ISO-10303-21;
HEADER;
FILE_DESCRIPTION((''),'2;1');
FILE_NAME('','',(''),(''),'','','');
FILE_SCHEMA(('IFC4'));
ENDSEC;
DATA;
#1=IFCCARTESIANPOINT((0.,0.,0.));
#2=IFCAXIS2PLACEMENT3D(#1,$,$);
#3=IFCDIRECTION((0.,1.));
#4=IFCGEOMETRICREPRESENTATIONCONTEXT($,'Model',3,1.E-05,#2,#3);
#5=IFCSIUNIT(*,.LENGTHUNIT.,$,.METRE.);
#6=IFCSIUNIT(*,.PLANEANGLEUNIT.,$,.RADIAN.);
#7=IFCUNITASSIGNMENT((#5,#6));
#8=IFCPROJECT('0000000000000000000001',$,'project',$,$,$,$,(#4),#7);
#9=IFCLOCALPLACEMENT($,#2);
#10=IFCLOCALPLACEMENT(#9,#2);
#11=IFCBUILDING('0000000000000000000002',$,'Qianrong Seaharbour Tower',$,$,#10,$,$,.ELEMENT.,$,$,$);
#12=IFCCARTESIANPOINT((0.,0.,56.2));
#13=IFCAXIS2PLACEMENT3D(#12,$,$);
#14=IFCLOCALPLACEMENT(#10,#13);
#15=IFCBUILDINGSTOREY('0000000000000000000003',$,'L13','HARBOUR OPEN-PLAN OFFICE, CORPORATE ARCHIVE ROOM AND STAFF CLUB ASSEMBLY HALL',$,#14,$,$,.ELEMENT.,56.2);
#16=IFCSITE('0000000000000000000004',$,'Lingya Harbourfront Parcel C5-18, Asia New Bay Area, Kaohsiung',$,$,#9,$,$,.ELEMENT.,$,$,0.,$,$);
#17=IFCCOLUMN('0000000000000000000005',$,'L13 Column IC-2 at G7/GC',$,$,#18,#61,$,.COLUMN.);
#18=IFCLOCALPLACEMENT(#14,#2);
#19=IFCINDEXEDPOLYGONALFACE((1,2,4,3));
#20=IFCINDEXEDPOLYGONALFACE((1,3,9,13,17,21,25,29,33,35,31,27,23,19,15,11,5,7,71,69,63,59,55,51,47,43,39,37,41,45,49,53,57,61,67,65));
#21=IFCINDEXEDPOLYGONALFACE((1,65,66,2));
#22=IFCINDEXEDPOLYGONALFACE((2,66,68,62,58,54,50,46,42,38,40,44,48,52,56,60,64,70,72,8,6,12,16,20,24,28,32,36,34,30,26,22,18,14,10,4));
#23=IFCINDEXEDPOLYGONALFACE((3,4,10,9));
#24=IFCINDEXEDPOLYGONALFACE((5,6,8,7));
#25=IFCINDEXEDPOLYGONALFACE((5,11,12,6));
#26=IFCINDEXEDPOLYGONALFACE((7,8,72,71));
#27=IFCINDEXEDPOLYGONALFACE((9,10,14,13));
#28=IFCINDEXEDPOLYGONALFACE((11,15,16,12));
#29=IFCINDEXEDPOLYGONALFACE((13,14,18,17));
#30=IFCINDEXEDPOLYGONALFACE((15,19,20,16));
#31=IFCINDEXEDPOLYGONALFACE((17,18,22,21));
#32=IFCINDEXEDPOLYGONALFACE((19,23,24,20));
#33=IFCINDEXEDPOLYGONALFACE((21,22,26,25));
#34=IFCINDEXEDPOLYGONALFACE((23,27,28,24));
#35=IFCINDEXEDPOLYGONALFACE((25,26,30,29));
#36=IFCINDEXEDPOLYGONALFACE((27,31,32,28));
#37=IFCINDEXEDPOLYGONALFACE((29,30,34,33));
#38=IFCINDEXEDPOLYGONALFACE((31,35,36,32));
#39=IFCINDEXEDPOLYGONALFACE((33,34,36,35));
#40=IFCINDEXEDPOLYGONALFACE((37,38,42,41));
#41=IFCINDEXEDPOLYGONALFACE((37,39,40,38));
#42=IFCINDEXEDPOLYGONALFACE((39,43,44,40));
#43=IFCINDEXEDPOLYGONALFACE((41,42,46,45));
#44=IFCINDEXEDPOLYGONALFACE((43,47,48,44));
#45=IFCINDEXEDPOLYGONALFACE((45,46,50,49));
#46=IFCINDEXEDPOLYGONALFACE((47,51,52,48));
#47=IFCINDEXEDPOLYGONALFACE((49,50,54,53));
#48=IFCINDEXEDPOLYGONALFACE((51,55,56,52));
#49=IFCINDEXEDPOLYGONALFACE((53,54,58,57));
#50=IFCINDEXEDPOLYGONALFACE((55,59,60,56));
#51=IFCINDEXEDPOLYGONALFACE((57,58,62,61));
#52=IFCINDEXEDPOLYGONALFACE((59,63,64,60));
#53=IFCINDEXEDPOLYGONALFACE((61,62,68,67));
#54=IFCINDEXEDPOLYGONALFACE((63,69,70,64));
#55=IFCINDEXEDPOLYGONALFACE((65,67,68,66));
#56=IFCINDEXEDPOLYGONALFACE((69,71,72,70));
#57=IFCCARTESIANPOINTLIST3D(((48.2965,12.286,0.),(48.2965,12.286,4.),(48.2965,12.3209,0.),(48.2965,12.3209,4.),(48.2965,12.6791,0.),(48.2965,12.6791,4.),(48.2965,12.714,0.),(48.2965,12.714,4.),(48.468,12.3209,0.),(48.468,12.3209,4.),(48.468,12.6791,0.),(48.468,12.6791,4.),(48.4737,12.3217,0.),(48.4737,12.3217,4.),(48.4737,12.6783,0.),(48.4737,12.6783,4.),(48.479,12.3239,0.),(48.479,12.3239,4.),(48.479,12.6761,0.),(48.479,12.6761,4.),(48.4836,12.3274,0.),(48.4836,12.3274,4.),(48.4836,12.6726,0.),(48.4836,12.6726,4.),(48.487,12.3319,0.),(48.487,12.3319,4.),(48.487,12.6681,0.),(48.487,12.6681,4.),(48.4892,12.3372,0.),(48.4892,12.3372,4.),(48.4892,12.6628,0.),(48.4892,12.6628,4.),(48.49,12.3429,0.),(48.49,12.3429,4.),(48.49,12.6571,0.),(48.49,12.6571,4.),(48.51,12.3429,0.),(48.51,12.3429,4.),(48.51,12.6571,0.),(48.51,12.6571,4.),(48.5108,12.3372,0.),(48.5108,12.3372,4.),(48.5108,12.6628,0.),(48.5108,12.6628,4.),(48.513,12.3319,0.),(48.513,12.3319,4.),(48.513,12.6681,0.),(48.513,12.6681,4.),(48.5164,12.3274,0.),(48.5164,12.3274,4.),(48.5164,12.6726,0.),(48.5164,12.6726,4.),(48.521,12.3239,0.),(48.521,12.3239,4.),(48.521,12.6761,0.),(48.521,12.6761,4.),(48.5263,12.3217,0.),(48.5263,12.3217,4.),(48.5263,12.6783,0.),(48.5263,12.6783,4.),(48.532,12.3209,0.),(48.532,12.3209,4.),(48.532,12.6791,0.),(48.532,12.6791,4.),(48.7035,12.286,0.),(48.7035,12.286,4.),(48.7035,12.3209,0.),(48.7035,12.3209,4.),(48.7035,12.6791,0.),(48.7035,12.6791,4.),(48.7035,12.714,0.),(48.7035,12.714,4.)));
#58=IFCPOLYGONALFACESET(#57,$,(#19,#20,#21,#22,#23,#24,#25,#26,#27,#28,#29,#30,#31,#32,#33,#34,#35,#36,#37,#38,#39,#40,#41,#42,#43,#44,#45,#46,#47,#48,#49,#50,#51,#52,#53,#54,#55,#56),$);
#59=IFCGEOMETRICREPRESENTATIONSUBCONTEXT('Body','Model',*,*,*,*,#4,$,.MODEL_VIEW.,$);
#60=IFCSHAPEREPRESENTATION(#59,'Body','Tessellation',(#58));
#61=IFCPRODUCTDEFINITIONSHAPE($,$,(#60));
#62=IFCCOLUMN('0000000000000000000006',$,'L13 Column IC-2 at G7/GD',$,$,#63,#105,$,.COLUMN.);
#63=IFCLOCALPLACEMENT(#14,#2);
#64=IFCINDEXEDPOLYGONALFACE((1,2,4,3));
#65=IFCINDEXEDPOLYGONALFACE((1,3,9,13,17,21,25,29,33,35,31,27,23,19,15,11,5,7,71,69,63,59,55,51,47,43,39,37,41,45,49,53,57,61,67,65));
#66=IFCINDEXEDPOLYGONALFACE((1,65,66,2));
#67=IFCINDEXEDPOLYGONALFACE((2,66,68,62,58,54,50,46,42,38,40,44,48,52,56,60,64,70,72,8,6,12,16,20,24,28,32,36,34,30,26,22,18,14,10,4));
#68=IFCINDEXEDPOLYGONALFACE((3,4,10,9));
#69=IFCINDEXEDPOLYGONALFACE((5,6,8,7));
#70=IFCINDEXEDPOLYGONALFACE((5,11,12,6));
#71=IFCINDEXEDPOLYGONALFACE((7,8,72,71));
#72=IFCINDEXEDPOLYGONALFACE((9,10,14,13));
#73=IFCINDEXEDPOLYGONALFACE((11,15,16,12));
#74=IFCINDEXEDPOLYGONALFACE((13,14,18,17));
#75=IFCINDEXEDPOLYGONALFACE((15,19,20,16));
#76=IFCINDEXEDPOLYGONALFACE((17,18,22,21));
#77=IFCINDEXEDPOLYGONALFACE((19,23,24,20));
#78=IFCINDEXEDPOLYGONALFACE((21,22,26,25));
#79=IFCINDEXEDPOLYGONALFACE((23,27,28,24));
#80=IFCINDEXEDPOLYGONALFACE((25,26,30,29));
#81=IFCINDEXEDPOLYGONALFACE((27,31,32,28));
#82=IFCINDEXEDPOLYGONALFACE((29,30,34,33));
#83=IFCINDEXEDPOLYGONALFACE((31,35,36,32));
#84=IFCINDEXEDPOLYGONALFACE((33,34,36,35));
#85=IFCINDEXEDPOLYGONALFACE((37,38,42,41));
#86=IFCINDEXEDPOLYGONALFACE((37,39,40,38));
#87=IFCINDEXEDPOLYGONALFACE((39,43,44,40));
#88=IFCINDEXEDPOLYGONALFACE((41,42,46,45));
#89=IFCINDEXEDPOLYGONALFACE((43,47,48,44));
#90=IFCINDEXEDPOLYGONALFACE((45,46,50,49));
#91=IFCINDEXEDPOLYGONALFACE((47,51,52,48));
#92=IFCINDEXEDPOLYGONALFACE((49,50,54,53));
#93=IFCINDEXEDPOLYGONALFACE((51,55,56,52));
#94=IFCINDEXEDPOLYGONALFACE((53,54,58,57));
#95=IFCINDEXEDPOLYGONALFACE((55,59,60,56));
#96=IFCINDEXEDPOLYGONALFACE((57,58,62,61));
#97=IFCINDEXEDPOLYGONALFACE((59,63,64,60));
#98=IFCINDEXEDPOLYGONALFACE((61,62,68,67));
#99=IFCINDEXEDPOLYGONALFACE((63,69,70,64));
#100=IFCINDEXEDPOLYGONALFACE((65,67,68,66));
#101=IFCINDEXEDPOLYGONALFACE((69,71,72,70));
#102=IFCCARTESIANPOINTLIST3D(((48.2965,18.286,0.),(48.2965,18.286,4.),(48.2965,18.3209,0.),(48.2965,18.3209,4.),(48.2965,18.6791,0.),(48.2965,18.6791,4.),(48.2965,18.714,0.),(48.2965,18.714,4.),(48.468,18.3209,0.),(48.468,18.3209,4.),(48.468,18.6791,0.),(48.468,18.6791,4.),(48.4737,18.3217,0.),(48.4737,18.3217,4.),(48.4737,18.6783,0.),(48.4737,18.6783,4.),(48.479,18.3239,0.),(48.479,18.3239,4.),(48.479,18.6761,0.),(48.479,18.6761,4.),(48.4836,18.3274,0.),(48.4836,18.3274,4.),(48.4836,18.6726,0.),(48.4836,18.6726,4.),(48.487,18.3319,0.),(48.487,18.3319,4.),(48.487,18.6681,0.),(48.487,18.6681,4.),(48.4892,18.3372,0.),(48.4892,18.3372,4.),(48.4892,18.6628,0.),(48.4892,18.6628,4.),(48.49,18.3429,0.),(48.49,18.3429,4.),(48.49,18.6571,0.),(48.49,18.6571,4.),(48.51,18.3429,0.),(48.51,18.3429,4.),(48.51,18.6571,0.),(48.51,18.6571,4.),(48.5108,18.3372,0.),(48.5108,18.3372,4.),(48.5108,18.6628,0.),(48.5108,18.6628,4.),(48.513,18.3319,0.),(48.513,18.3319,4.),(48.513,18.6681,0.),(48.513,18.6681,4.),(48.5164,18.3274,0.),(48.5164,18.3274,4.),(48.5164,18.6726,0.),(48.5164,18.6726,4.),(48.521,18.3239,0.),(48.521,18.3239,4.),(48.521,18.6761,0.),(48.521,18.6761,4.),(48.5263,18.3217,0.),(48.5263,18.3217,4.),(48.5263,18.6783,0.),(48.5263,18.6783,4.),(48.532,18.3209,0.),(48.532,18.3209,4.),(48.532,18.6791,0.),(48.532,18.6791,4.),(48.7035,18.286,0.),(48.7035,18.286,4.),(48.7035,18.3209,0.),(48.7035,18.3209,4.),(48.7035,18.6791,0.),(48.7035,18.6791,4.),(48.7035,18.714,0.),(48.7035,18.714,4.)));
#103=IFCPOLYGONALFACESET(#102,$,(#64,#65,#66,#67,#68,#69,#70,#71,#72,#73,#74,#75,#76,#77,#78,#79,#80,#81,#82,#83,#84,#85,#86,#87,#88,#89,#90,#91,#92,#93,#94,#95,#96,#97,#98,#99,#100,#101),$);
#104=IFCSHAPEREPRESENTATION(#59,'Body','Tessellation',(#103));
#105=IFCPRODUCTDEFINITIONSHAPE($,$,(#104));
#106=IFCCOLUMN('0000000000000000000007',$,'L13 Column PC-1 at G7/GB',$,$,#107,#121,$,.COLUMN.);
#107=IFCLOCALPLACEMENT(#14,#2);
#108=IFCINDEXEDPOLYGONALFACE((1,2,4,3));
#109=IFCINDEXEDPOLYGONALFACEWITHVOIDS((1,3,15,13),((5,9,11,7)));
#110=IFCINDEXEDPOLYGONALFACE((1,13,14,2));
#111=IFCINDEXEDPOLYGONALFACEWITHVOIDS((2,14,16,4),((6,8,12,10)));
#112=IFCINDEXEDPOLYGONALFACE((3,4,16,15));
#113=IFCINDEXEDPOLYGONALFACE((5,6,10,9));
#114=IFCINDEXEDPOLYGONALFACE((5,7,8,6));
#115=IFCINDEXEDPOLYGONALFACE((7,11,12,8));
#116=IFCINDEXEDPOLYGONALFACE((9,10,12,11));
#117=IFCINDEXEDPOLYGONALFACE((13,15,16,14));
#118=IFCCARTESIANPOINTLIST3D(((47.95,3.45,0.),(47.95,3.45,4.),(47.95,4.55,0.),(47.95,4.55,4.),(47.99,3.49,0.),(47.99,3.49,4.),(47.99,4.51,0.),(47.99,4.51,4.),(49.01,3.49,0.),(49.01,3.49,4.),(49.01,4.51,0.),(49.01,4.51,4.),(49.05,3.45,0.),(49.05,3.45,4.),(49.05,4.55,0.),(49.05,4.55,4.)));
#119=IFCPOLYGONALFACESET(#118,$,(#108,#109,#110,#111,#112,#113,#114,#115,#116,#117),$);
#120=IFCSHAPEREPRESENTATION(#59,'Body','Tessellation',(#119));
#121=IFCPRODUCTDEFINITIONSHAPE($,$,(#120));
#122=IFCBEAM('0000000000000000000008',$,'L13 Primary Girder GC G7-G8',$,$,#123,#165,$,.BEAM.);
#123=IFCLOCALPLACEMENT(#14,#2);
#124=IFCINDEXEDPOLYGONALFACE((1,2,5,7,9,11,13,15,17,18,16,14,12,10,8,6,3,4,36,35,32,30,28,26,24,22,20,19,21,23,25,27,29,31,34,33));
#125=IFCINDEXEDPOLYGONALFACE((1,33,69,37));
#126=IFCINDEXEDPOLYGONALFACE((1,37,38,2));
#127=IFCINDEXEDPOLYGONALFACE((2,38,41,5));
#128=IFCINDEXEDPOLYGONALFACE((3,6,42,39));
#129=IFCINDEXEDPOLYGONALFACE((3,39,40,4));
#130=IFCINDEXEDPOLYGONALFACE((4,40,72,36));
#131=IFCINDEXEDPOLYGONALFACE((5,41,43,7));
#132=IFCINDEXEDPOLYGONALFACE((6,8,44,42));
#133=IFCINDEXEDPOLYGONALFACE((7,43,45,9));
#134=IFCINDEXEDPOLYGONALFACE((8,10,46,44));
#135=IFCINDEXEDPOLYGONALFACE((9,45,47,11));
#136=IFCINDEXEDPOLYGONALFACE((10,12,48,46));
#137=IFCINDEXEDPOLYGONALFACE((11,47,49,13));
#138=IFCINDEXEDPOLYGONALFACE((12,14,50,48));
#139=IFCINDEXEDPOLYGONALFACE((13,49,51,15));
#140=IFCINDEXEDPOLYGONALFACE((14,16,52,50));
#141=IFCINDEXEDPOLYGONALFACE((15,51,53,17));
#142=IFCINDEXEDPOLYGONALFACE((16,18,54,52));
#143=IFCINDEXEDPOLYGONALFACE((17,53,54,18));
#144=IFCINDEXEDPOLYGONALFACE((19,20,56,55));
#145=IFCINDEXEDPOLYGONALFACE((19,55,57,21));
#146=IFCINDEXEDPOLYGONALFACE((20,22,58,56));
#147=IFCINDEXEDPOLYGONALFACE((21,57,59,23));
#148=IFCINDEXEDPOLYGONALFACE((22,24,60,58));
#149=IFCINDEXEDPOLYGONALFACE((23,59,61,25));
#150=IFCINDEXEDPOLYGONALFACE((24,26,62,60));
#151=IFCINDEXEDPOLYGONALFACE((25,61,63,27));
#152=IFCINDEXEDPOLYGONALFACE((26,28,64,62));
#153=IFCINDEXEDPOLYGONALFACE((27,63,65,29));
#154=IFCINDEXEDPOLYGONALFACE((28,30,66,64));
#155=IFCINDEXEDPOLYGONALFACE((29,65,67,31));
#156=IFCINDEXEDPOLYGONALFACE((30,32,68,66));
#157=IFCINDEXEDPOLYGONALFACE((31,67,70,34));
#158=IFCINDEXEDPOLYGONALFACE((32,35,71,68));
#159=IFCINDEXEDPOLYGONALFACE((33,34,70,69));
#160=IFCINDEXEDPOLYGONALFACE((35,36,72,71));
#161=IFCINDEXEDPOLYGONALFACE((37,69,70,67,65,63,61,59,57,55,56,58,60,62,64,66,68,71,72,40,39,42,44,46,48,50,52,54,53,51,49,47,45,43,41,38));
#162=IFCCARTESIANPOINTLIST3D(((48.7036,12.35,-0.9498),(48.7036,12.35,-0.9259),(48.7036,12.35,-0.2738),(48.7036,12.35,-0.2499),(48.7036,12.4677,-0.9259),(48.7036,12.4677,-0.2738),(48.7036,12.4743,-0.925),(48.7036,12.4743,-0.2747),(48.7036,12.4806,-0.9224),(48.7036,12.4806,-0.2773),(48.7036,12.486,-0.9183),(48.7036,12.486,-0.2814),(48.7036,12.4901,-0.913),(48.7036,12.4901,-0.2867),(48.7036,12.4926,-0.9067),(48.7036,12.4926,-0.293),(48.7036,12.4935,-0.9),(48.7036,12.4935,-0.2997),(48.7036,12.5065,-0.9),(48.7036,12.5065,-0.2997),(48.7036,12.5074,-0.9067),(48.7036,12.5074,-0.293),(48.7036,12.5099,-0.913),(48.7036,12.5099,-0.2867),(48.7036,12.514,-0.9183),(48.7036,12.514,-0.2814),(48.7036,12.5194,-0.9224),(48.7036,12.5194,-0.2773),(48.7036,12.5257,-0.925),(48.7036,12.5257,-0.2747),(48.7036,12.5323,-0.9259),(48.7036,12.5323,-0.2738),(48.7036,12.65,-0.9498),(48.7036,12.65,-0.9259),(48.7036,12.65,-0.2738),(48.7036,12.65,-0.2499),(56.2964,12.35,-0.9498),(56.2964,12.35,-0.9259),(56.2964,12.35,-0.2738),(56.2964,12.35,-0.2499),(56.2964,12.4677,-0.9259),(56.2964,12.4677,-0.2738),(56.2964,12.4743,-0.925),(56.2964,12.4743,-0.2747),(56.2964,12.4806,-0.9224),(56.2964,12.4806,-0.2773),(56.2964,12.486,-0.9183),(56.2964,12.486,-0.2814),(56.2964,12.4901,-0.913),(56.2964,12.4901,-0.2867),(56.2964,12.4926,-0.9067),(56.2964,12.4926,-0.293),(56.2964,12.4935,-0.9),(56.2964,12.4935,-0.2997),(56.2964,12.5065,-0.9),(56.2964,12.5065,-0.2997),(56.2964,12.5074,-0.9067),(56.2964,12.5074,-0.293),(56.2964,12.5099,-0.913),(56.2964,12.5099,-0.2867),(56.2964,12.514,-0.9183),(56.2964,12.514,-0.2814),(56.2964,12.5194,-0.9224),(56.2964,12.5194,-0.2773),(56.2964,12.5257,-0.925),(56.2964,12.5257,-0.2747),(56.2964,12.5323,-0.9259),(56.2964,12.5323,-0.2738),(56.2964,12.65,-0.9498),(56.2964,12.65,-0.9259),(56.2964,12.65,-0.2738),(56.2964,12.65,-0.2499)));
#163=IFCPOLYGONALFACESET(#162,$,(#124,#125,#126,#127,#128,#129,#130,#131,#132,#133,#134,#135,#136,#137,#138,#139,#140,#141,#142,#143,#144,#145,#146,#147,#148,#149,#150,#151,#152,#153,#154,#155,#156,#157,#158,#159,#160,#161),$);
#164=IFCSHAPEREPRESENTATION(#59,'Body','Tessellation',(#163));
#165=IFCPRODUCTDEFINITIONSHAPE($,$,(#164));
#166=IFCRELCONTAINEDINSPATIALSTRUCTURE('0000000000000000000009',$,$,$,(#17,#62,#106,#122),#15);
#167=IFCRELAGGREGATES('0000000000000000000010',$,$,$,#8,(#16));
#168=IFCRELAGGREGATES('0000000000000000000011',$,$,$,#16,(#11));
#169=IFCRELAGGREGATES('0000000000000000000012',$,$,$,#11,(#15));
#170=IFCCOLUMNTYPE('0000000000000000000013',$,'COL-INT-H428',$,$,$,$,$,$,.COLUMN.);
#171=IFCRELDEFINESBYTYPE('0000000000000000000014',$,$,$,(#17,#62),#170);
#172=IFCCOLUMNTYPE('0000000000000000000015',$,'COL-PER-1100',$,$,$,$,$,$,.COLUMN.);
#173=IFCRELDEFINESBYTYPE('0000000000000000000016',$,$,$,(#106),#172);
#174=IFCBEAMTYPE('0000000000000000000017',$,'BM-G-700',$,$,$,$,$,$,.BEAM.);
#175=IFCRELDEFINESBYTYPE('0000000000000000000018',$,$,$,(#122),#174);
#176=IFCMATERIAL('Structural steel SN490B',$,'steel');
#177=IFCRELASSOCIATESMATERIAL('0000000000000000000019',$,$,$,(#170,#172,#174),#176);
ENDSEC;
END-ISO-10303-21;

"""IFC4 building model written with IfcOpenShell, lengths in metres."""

from ifc_helpers import new_model, si_unit, direction, frame, origin, origin_2d, place, context, subcontext, project, spatial, hollow_rectangle, i_section, extrude, material, material_profile, profile_set, type_object, element, save


model = new_model("IFC4")

# Units and contexts
model_context = context("Model", 3, precision=1e-05, world=origin(), true_north=direction((0.0, 1.0)))
body_context = subcontext(model_context, "Body", "Model", "MODEL_VIEW")
ifc_project = project(units=[si_unit("LENGTHUNIT", "METRE"), si_unit("PLANEANGLEUNIT", "RADIAN")], contexts=[model_context])

# Site, building, storey
site_placement = place(None, origin())
site = spatial("IfcSite", under=ifc_project, at=site_placement, Name="Lingya Harbourfront Parcel C5-18, Asia New Bay Area, Kaohsiung", CompositionType="ELEMENT", RefElevation=0.0)
building_placement = place(site_placement, origin())
building = spatial("IfcBuilding", under=site, at=building_placement, Name="Qianrong Seaharbour Tower", CompositionType="ELEMENT")
storey_placement = place(building_placement, frame((0.0, 0.0, 56.2)))
storey = spatial("IfcBuildingStorey", under=building, at=storey_placement, Name="L13", Description="HARBOUR OPEN-PLAN OFFICE, CORPORATE ARCHIVE ROOM AND STAFF CLUB ASSEMBLY HALL", CompositionType="ELEMENT", Elevation=56.2)

# Columns
ifc_material_1 = material(Name="Structural steel SN490B", Category="steel")
ifc_material_profile_1 = material_profile(ifc_material_1, i_section(OverallWidth=0.407, OverallDepth=0.428, WebThickness=0.02, FlangeThickness=0.0349, FilletRadius=0.022, at=origin_2d()), Name="H428x407x20x35")
ifc_profile_set_1 = profile_set([ifc_material_profile_1], Name="Structural steel SN490B")
column_type_1 = type_object("IfcColumnType", Name="COL-INT-H428", PredefinedType="COLUMN", material=ifc_profile_set_1)
for number, where, z_axis, x_axis, name in (
    (1, (48.5, 12.5, 0.0), (0.0, 0.0, 1.0), (1.0, 0.0, 0.0), "L13 Column IC-2 at G7/GC"),
    (2, (48.5, 18.5, 0.0), (0.0, 0.0, 1.0), (1.0, 0.0, 0.0), "L13 Column IC-2 at G7/GD"),
):
    element("IfcColumn", number, at=place(storey_placement, frame(where, z_axis=z_axis, x_axis=x_axis)), inside=storey, type_object=column_type_1, Name=name, PredefinedType="COLUMN", context=body_context, shape_type="SweptSolid", body=[
        extrude(i_section(OverallWidth=0.407, OverallDepth=0.428, WebThickness=0.02, FlangeThickness=0.0349, FilletRadius=0.022, at=origin_2d()), origin(), (0.0, 0.0, 1.0), 4.0),
    ])
ifc_material_profile_2 = material_profile(ifc_material_1, hollow_rectangle(XDim=1.1001, YDim=1.1001, WallThickness=0.04, at=origin_2d()), Name="BOX1100x1100x40")
ifc_profile_set_2 = profile_set([ifc_material_profile_2], Name="Structural steel SN490B")
column_type_2 = type_object("IfcColumnType", Name="COL-PER-1100", PredefinedType="COLUMN", material=ifc_profile_set_2)
column_placement = place(storey_placement, frame((48.5, 4.0, 0.0), z_axis=(0.0, 0.0, 1.0), x_axis=(1.0, 0.0, 0.0)))
element("IfcColumn", 3, at=column_placement, inside=storey, type_object=column_type_2, Name="L13 Column PC-1 at G7/GB", PredefinedType="COLUMN", context=body_context, shape_type="SweptSolid", body=[
    extrude(hollow_rectangle(XDim=1.1001, YDim=1.1001, WallThickness=0.04, at=origin_2d()), origin(), (0.0, 0.0, 1.0), 4.0),
])

# Beam
ifc_material_profile_3 = material_profile(ifc_material_1, i_section(OverallWidth=0.3, OverallDepth=0.7, WebThickness=0.0129, FlangeThickness=0.0239, FilletRadius=0.0259, at=origin_2d()), Name="H700x300x13x24")
ifc_profile_set_3 = profile_set([ifc_material_profile_3], Name="Structural steel SN490B")
beam_type_1 = type_object("IfcBeamType", Name="BM-G-700", PredefinedType="BEAM", material=ifc_profile_set_3)
beam_1_placement = place(storey_placement, frame((48.7036, 12.5, -0.5999), z_axis=(1.0, 0.0, 0.0), x_axis=(0.0, 1.0, 0.0)))
element("IfcBeam", 4, at=beam_1_placement, inside=storey, type_object=beam_type_1, Name="L13 Primary Girder GC G7-G8", PredefinedType="BEAM", context=body_context, shape_type="SweptSolid", body=[
    extrude(i_section(OverallWidth=0.3, OverallDepth=0.7, WebThickness=0.0129, FlangeThickness=0.0239, FilletRadius=0.0259, at=origin_2d()), origin(), (0.0, 0.0, 1.0), 7.5928),
])

save(model, "model.ifc")
